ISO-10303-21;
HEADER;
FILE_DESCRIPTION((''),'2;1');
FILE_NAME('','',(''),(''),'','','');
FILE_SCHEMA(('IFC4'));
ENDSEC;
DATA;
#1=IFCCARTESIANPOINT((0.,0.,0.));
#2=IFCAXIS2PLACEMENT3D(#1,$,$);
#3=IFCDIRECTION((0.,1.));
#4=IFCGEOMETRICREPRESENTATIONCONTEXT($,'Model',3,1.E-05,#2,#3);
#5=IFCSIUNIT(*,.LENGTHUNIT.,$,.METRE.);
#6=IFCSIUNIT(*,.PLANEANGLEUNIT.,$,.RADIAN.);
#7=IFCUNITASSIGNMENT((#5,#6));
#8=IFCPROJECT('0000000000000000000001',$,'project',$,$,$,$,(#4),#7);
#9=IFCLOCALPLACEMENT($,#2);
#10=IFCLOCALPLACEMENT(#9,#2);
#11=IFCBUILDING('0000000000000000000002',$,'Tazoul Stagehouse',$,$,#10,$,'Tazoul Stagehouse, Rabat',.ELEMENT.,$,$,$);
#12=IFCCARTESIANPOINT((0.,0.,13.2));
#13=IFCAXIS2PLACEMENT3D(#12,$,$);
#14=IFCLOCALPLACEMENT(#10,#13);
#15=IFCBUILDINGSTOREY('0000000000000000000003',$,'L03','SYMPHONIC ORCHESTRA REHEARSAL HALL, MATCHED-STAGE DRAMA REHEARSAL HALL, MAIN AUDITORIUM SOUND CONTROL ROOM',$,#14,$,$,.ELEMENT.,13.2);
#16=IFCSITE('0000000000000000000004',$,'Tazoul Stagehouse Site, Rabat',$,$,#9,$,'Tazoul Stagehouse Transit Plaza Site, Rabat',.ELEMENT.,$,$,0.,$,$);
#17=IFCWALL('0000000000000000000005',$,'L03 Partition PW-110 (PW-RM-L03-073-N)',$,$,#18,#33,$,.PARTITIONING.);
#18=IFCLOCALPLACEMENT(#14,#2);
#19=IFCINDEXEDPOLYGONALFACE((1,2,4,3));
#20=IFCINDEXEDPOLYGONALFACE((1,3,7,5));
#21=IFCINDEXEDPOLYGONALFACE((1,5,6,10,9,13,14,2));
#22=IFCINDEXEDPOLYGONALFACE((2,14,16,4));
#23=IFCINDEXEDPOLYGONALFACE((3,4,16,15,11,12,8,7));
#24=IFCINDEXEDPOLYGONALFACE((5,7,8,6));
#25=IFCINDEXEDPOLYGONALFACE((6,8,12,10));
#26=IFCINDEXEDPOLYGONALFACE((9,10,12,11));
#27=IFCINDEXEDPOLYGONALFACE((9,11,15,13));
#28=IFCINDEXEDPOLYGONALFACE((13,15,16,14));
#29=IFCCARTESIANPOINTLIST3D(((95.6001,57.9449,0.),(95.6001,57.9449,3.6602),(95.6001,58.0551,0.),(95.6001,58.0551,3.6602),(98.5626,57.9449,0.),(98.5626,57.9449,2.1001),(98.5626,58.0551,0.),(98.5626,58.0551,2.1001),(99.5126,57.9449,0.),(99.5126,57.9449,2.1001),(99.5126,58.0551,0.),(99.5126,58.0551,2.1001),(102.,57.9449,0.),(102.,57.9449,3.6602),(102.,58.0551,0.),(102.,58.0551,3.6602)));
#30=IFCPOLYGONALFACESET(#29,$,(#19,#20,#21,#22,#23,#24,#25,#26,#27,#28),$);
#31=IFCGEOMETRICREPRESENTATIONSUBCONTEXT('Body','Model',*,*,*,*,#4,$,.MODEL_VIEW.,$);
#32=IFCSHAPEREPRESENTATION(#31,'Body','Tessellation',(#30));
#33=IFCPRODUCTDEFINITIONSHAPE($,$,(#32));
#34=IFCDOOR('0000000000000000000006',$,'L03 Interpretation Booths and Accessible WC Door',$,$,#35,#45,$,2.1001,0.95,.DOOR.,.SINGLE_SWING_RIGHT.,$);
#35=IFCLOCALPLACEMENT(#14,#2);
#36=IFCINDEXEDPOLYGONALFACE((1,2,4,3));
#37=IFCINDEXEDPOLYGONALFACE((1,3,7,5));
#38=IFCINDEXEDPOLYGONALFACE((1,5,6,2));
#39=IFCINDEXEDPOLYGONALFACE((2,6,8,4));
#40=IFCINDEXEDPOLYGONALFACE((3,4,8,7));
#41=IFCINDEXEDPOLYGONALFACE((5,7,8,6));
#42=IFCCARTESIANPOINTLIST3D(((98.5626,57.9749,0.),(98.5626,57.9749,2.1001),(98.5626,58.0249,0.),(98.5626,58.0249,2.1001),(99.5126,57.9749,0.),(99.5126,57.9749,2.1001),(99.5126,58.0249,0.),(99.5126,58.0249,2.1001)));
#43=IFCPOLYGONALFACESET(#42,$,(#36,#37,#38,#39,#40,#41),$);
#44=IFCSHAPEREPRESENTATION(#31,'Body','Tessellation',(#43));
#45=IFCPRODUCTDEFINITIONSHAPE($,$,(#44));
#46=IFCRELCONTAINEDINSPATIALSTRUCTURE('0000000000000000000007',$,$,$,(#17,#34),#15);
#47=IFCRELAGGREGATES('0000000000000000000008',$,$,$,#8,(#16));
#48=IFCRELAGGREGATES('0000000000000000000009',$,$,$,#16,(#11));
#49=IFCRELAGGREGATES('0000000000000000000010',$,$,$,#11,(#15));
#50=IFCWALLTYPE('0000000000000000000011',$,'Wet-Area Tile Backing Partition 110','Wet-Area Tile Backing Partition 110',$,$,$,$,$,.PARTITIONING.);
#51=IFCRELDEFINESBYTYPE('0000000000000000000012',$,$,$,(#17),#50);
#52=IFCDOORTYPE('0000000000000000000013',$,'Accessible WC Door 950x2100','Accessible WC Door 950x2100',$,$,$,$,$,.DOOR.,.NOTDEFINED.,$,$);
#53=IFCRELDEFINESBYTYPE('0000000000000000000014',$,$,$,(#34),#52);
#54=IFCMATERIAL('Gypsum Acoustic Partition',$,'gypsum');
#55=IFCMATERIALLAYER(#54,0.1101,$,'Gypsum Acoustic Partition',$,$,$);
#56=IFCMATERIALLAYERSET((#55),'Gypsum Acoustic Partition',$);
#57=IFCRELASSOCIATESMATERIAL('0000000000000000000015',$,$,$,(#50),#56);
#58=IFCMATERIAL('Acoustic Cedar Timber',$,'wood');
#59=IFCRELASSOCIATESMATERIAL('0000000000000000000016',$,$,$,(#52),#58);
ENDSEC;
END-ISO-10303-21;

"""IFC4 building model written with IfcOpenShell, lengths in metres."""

from ifc_helpers import new_model, si_unit, direction, frame, frame_2d, origin, place, context, subcontext, project, spatial, rectangle, extrude, material, layer, layer_set, type_object, element, fill, save


model = new_model("IFC4")

# Units and contexts
model_context = context("Model", 3, precision=1e-05, world=origin(), true_north=direction((0.0, 1.0)))
body_context = subcontext(model_context, "Body", "Model", "MODEL_VIEW")
ifc_project = project(units=[si_unit("LENGTHUNIT", "METRE"), si_unit("PLANEANGLEUNIT", "RADIAN")], contexts=[model_context])

# Site, building, storey
site_placement = place(None, origin())
site = spatial("IfcSite", under=ifc_project, at=site_placement, Name="Tazoul Stagehouse Site, Rabat", LongName="Tazoul Stagehouse Transit Plaza Site, Rabat", CompositionType="ELEMENT", RefElevation=0.0)
building_placement = place(site_placement, origin())
building = spatial("IfcBuilding", under=site, at=building_placement, Name="Tazoul Stagehouse", LongName="Tazoul Stagehouse, Rabat", CompositionType="ELEMENT")
storey_placement = place(building_placement, frame((0.0, 0.0, 13.2)))
storey = spatial("IfcBuildingStorey", under=building, at=storey_placement, Name="L03", Description="SYMPHONIC ORCHESTRA REHEARSAL HALL, MATCHED-STAGE DRAMA REHEARSAL HALL, MAIN AUDITORIUM SOUND CONTROL ROOM", CompositionType="ELEMENT", Elevation=13.2)

# Wall, opening, door
ifc_material_1 = material(Name="Gypsum Acoustic Partition", Category="gypsum")
ifc_layer_1 = layer(ifc_material_1, 0.1101, Name="Gypsum Acoustic Partition")
ifc_layer_set_1 = layer_set([ifc_layer_1], Name="Gypsum Acoustic Partition")
wall_type_1 = type_object("IfcWallType", Name="Wet-Area Tile Backing Partition 110", Description="Wet-Area Tile Backing Partition 110", PredefinedType="PARTITIONING", material=ifc_layer_set_1)
wall_1_placement = place(storey_placement, frame((95.6001, 58.0, 0.0), z_axis=(0.0, 0.0, 1.0), x_axis=(1.0, 0.0, 0.0)))
wall_1 = element("IfcWall", 1, at=wall_1_placement, inside=storey, type_object=wall_type_1, Name="L03 Partition PW-110 (PW-RM-L03-073-N)", PredefinedType="PARTITIONING", context=body_context, shape_type="SweptSolid", body=[
    extrude(rectangle(XDim=6.3999, YDim=0.1101, at=frame_2d((3.2, 0.0))), origin(), (0.0, 0.0, 1.0), 3.6602),
])
opening_1_placement = place(wall_1_placement, frame((2.9624, 0.0, 0.0)))
opening_1 = element("IfcOpeningElement", 2, at=opening_1_placement, cuts=wall_1, PredefinedType="OPENING", context=body_context, shape_type="SweptSolid", body=[
    extrude(rectangle(XDim=0.95, YDim=2.1001, at=frame_2d((0.4751, 1.05))), frame((0.0, 0.075, 0.0), z_axis=(0.0, -1.0, 0.0), x_axis=(1.0, 0.0, 0.0)), (0.0, 0.0, 1.0), 0.1501),
])
ifc_material_2 = material(Name="Acoustic Cedar Timber", Category="wood")
door_type = type_object("IfcDoorType", Name="Accessible WC Door 950x2100", Description="Accessible WC Door 950x2100", OperationType="NOTDEFINED", PredefinedType="DOOR", material=ifc_material_2)
door_placement = place(opening_1_placement, origin())
door = element("IfcDoor", 3, at=door_placement, inside=storey, type_object=door_type, Name="L03 Interpretation Booths and Accessible WC Door", OperationType="SINGLE_SWING_RIGHT", OverallHeight=2.1001, OverallWidth=0.95, PredefinedType="DOOR", context=body_context, shape_type="SweptSolid", body=[
    extrude(rectangle(XDim=0.95, YDim=2.1001, at=frame_2d((0.4751, 1.05))), frame((0.0, 0.0249, 0.0), z_axis=(0.0, -1.0, 0.0), x_axis=(1.0, 0.0, 0.0)), (0.0, 0.0, 1.0), 0.05),
])
fill(opening_1, door)

save(model, "model.ifc")
